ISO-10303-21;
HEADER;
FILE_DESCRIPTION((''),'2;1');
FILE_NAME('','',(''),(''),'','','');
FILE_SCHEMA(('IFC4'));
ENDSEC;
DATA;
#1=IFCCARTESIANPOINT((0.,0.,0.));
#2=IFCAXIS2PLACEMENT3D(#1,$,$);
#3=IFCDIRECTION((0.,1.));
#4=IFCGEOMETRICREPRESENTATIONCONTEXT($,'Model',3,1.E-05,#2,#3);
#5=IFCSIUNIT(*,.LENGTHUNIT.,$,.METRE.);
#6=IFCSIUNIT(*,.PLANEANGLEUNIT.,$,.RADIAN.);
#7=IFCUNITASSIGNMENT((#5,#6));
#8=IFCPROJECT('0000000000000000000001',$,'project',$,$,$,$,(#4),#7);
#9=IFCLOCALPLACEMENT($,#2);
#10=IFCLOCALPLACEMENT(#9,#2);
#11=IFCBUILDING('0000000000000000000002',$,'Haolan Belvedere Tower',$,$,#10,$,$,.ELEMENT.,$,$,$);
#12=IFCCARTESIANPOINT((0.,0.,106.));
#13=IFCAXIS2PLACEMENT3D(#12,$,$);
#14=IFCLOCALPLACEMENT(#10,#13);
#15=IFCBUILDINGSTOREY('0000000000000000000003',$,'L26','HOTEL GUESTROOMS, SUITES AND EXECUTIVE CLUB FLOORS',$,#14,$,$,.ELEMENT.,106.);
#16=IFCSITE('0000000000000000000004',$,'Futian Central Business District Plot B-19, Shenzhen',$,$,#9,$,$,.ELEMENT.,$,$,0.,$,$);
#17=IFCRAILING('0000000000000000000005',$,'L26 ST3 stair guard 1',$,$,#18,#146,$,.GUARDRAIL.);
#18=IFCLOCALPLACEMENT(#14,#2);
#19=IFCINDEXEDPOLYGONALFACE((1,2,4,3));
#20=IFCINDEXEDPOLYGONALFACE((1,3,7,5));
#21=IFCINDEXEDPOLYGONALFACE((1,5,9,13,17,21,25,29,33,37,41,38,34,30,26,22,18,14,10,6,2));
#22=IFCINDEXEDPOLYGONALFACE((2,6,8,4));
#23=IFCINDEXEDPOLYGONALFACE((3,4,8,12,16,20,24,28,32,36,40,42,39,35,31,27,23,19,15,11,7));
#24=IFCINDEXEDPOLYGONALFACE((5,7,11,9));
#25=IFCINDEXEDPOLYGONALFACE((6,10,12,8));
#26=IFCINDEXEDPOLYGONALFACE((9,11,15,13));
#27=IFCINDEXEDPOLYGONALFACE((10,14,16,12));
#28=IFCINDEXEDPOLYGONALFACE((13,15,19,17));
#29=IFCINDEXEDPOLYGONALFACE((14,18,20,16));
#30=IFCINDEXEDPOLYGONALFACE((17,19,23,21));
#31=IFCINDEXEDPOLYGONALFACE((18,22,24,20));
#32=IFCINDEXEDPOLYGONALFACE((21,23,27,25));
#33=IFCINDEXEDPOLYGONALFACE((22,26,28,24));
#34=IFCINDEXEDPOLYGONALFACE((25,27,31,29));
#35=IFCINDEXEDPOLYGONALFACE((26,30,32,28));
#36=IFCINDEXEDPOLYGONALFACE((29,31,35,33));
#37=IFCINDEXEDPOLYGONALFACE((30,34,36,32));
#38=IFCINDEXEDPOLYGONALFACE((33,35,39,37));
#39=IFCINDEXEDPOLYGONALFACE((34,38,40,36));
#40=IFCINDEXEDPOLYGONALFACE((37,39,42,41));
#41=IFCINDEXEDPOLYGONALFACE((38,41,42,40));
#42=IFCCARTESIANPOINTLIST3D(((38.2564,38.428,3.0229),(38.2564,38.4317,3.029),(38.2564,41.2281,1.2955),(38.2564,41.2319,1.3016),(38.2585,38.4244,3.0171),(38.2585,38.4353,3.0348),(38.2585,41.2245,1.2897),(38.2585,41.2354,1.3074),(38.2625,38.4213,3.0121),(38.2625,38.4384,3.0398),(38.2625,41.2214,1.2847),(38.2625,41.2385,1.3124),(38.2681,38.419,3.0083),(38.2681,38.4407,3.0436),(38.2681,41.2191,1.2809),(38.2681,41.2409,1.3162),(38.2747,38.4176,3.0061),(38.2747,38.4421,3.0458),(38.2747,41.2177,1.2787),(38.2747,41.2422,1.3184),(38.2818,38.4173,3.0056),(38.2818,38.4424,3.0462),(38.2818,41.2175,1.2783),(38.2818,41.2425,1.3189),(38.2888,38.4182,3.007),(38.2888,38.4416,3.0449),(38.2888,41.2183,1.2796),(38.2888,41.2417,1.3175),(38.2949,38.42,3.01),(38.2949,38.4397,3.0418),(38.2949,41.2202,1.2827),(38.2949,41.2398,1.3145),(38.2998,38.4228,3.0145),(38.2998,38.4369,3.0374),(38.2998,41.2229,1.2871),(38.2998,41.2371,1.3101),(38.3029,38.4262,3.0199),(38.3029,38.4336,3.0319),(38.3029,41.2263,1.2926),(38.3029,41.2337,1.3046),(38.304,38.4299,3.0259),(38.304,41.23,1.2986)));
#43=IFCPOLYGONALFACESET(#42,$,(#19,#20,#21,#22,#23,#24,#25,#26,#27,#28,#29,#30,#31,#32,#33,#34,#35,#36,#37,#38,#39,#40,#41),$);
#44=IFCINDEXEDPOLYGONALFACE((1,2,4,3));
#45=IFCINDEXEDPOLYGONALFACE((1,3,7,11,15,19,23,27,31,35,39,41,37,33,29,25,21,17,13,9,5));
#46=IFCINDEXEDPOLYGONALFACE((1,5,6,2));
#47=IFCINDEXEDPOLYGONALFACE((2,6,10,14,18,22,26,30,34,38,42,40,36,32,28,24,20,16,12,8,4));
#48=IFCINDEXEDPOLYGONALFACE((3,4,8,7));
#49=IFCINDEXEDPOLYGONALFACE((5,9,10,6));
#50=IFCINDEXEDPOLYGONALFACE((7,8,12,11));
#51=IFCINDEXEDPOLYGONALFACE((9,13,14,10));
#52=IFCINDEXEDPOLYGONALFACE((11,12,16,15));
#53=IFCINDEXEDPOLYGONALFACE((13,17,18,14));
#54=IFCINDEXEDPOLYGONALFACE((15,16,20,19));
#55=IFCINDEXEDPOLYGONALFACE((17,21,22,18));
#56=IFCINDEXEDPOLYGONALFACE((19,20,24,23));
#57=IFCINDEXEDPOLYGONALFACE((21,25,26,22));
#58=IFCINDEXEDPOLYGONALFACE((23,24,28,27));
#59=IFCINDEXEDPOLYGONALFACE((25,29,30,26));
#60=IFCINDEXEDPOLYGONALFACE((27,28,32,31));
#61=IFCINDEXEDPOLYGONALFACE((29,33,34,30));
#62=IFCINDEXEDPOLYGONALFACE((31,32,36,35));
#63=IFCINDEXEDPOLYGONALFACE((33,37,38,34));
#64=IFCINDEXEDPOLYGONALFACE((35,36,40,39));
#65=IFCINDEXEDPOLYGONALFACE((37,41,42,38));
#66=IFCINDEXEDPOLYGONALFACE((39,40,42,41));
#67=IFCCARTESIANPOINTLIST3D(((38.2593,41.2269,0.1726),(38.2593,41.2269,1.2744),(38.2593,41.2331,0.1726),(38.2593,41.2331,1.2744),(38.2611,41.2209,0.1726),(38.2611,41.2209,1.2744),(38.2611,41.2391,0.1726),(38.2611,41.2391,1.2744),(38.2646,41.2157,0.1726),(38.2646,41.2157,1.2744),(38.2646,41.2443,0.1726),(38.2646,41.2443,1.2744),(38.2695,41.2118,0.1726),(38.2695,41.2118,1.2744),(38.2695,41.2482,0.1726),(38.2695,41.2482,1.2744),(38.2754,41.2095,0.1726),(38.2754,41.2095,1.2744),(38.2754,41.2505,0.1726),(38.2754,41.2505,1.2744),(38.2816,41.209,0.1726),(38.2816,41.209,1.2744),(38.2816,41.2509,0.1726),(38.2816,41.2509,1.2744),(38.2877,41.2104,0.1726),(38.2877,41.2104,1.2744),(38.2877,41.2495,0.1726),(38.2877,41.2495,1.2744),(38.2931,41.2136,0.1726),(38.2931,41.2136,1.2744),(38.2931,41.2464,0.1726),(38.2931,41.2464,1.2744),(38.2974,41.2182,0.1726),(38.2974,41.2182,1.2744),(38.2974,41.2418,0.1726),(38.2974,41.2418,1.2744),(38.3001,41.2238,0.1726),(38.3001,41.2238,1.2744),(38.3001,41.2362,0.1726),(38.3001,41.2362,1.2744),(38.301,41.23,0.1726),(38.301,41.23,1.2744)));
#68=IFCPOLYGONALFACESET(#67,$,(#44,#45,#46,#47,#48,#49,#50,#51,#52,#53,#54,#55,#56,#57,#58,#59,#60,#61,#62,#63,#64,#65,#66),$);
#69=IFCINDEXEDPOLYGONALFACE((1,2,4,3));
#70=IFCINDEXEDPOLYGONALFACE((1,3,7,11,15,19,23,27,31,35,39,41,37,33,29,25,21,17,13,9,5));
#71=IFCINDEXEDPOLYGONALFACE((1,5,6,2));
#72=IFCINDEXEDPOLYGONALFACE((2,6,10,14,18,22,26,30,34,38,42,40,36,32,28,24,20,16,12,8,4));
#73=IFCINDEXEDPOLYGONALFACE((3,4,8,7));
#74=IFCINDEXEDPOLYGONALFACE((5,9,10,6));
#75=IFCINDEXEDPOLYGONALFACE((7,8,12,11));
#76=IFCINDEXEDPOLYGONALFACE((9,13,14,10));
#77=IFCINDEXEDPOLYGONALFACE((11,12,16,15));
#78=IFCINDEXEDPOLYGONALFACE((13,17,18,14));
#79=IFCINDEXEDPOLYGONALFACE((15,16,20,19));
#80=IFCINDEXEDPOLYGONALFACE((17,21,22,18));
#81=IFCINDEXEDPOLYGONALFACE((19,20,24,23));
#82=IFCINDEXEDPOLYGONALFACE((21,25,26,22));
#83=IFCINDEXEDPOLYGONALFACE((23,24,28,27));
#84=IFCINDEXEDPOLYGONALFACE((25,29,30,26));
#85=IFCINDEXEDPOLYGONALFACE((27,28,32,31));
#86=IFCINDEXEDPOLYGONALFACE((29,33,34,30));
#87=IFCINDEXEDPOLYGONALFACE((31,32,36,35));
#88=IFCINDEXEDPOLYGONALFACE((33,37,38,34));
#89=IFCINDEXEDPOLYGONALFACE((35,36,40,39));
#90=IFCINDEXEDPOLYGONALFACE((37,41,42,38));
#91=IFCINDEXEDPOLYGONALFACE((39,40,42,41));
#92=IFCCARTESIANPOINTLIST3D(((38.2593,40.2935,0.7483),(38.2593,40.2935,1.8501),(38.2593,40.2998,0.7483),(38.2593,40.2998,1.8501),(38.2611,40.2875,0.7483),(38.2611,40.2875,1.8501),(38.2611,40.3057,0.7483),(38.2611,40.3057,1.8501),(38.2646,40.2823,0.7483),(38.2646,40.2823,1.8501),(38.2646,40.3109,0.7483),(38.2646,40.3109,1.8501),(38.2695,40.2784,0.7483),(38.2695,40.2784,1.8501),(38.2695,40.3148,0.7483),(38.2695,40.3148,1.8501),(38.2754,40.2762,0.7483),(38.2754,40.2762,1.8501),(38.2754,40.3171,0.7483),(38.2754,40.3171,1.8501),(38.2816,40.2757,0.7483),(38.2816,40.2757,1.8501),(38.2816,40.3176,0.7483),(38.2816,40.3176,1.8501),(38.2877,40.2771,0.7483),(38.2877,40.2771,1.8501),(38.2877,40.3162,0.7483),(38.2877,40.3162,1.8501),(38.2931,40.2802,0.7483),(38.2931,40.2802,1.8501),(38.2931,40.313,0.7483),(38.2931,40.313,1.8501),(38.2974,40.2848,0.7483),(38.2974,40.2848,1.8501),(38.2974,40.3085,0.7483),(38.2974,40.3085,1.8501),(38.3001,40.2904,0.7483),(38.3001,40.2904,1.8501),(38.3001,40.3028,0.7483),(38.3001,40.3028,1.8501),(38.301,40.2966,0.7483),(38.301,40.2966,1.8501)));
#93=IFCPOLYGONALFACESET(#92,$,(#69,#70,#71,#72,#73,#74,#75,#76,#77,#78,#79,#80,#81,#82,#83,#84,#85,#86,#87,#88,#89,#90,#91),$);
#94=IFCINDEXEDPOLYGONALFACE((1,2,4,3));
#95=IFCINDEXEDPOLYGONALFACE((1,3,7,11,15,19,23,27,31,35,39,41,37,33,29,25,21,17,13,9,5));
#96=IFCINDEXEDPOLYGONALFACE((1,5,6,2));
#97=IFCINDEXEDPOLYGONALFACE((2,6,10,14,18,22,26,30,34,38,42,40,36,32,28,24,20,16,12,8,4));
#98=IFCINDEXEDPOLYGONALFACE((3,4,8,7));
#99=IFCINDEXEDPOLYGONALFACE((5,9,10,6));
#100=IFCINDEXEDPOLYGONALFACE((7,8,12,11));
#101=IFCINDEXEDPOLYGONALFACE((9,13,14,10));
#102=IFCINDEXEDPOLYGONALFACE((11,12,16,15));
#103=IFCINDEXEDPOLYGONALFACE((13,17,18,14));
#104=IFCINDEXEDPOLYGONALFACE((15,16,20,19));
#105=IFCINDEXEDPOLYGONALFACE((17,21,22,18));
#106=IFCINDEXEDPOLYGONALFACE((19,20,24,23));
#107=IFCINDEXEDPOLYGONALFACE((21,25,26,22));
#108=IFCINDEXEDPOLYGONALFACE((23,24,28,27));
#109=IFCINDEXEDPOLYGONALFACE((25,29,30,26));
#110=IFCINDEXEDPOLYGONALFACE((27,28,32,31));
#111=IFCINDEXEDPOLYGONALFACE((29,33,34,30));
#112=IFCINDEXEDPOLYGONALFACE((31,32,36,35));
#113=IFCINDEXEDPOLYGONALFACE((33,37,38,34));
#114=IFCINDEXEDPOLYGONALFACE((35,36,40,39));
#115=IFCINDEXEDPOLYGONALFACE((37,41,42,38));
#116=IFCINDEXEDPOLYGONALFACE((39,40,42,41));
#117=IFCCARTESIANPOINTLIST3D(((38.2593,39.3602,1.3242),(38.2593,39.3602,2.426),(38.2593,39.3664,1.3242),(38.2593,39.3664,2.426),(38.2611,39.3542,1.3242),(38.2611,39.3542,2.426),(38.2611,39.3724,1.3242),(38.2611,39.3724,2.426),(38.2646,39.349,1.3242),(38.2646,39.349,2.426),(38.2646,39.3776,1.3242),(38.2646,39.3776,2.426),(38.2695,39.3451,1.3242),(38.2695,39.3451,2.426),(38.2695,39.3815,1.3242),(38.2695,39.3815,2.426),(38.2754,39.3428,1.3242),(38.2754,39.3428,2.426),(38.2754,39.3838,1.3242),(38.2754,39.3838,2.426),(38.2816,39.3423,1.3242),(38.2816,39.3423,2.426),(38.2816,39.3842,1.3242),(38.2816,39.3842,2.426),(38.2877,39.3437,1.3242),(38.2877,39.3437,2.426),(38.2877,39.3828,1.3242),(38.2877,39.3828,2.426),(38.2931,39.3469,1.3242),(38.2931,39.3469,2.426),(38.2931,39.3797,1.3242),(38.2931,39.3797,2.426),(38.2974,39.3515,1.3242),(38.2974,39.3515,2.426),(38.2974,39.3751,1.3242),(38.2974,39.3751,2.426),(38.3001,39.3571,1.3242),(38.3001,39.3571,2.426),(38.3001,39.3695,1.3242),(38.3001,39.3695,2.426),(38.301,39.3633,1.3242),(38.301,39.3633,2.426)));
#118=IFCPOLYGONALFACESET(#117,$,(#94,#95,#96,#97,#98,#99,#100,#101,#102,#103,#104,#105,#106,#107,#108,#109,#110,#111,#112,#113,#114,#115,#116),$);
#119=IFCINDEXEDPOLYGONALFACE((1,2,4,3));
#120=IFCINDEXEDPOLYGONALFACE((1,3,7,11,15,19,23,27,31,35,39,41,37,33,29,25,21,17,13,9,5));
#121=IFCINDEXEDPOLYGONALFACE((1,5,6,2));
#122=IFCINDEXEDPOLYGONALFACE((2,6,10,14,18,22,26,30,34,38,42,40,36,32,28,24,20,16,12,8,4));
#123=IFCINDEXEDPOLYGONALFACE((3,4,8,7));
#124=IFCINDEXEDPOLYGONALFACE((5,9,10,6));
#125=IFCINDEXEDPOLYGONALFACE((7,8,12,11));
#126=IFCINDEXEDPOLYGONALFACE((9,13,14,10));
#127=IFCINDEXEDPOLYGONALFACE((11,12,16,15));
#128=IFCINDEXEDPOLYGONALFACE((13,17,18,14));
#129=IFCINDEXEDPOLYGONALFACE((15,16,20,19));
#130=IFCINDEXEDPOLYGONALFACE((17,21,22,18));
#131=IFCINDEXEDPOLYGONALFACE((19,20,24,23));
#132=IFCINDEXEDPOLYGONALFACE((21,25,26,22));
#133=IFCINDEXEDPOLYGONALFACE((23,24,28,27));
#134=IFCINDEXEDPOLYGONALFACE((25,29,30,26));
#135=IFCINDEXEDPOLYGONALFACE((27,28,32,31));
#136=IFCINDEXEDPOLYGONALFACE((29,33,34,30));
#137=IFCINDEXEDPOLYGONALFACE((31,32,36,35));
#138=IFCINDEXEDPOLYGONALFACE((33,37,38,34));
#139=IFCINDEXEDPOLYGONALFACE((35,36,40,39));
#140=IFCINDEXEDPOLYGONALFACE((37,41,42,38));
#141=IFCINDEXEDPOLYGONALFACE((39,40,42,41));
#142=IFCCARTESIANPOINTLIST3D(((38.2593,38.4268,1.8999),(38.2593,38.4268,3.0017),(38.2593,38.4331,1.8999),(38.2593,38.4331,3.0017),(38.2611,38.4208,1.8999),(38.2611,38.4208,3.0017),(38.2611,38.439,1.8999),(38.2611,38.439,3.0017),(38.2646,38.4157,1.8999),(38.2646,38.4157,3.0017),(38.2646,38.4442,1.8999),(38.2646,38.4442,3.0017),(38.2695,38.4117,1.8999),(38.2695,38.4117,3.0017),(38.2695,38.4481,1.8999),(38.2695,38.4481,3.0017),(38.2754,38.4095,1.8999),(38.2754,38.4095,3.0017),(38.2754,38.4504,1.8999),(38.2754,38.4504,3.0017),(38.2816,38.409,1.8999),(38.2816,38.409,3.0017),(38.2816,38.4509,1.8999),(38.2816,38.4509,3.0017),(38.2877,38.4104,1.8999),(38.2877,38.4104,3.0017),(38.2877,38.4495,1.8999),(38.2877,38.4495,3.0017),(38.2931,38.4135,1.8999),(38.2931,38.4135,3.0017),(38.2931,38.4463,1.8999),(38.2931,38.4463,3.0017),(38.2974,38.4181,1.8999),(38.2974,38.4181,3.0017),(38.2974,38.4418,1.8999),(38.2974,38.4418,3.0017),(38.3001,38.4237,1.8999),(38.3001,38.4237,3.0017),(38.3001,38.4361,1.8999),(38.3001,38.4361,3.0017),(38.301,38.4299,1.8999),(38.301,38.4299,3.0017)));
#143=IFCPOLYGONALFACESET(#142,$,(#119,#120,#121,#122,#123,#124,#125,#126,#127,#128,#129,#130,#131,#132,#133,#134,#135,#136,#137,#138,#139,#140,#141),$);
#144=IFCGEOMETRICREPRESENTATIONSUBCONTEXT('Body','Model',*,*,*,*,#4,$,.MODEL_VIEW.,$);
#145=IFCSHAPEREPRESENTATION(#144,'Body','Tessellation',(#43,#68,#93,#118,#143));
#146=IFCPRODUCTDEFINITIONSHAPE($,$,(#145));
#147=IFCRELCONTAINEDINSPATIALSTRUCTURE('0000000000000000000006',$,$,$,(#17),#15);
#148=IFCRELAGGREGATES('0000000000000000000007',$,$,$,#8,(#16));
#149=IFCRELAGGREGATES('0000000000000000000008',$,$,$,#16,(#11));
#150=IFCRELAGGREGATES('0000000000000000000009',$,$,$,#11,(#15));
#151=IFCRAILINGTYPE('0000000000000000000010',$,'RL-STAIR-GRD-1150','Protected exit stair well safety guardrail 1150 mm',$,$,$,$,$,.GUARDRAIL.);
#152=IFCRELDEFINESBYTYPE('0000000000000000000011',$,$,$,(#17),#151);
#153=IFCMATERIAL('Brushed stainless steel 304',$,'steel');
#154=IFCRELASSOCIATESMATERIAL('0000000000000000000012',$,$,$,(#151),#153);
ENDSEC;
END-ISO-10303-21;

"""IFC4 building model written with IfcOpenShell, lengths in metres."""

from ifc_helpers import new_model, si_unit, direction, frame, origin, origin_2d, place, context, subcontext, project, spatial, circle, extrude, material, type_object, element, save


model = new_model("IFC4")

# Units and contexts
model_context = context("Model", 3, precision=1e-05, world=origin(), true_north=direction((0.0, 1.0)))
body_context = subcontext(model_context, "Body", "Model", "MODEL_VIEW")
ifc_project = project(units=[si_unit("LENGTHUNIT", "METRE"), si_unit("PLANEANGLEUNIT", "RADIAN")], contexts=[model_context])

# Site, building, storey
site_placement = place(None, origin())
site = spatial("IfcSite", under=ifc_project, at=site_placement, Name="Futian Central Business District Plot B-19, Shenzhen", CompositionType="ELEMENT", RefElevation=0.0)
building_placement = place(site_placement, origin())
building = spatial("IfcBuilding", under=site, at=building_placement, Name="Haolan Belvedere Tower", CompositionType="ELEMENT")
storey_placement = place(building_placement, frame((0.0, 0.0, 106.0)))
storey = spatial("IfcBuildingStorey", under=building, at=storey_placement, Name="L26", Description="HOTEL GUESTROOMS, SUITES AND EXECUTIVE CLUB FLOORS", CompositionType="ELEMENT", Elevation=106.0)

# Railing
ifc_material_1 = material(Name="Brushed stainless steel 304", Category="steel")
railing_type_1 = type_object("IfcRailingType", Name="RL-STAIR-GRD-1150", Description="Protected exit stair well safety guardrail 1150 mm", PredefinedType="GUARDRAIL", material=ifc_material_1)
railing_1_placement = place(storey_placement, frame((38.28, 41.23, 0.1726)))
element("IfcRailing", 1, at=railing_1_placement, inside=storey, type_object=railing_type_1, Name="L26 ST3 stair guard 1", PredefinedType="GUARDRAIL", context=body_context, shape_type="SweptSolid", body=[
    extrude(circle(Radius=0.0239, at=origin_2d()), frame((0.0, 0.0, 1.126), z_axis=(0.0, -0.85109, 0.52502), x_axis=(1.0, 0.0, 0.0)), (0.0, 0.0, 1.0), 3.29),
    extrude(circle(Radius=0.021, at=origin_2d()), origin(), (0.0, 0.0, 1.0), 1.1018),
    extrude(circle(Radius=0.021, at=origin_2d()), frame((0.0, -0.9333, 0.5757)), (0.0, 0.0, 1.0), 1.1018),
    extrude(circle(Radius=0.021, at=origin_2d()), frame((0.0, -1.8667, 1.1516)), (0.0, 0.0, 1.0), 1.1018),
    extrude(circle(Radius=0.021, at=origin_2d()), frame((0.0, -2.8, 1.7273)), (0.0, 0.0, 1.0), 1.1018),
])

save(model, "model.ifc")
